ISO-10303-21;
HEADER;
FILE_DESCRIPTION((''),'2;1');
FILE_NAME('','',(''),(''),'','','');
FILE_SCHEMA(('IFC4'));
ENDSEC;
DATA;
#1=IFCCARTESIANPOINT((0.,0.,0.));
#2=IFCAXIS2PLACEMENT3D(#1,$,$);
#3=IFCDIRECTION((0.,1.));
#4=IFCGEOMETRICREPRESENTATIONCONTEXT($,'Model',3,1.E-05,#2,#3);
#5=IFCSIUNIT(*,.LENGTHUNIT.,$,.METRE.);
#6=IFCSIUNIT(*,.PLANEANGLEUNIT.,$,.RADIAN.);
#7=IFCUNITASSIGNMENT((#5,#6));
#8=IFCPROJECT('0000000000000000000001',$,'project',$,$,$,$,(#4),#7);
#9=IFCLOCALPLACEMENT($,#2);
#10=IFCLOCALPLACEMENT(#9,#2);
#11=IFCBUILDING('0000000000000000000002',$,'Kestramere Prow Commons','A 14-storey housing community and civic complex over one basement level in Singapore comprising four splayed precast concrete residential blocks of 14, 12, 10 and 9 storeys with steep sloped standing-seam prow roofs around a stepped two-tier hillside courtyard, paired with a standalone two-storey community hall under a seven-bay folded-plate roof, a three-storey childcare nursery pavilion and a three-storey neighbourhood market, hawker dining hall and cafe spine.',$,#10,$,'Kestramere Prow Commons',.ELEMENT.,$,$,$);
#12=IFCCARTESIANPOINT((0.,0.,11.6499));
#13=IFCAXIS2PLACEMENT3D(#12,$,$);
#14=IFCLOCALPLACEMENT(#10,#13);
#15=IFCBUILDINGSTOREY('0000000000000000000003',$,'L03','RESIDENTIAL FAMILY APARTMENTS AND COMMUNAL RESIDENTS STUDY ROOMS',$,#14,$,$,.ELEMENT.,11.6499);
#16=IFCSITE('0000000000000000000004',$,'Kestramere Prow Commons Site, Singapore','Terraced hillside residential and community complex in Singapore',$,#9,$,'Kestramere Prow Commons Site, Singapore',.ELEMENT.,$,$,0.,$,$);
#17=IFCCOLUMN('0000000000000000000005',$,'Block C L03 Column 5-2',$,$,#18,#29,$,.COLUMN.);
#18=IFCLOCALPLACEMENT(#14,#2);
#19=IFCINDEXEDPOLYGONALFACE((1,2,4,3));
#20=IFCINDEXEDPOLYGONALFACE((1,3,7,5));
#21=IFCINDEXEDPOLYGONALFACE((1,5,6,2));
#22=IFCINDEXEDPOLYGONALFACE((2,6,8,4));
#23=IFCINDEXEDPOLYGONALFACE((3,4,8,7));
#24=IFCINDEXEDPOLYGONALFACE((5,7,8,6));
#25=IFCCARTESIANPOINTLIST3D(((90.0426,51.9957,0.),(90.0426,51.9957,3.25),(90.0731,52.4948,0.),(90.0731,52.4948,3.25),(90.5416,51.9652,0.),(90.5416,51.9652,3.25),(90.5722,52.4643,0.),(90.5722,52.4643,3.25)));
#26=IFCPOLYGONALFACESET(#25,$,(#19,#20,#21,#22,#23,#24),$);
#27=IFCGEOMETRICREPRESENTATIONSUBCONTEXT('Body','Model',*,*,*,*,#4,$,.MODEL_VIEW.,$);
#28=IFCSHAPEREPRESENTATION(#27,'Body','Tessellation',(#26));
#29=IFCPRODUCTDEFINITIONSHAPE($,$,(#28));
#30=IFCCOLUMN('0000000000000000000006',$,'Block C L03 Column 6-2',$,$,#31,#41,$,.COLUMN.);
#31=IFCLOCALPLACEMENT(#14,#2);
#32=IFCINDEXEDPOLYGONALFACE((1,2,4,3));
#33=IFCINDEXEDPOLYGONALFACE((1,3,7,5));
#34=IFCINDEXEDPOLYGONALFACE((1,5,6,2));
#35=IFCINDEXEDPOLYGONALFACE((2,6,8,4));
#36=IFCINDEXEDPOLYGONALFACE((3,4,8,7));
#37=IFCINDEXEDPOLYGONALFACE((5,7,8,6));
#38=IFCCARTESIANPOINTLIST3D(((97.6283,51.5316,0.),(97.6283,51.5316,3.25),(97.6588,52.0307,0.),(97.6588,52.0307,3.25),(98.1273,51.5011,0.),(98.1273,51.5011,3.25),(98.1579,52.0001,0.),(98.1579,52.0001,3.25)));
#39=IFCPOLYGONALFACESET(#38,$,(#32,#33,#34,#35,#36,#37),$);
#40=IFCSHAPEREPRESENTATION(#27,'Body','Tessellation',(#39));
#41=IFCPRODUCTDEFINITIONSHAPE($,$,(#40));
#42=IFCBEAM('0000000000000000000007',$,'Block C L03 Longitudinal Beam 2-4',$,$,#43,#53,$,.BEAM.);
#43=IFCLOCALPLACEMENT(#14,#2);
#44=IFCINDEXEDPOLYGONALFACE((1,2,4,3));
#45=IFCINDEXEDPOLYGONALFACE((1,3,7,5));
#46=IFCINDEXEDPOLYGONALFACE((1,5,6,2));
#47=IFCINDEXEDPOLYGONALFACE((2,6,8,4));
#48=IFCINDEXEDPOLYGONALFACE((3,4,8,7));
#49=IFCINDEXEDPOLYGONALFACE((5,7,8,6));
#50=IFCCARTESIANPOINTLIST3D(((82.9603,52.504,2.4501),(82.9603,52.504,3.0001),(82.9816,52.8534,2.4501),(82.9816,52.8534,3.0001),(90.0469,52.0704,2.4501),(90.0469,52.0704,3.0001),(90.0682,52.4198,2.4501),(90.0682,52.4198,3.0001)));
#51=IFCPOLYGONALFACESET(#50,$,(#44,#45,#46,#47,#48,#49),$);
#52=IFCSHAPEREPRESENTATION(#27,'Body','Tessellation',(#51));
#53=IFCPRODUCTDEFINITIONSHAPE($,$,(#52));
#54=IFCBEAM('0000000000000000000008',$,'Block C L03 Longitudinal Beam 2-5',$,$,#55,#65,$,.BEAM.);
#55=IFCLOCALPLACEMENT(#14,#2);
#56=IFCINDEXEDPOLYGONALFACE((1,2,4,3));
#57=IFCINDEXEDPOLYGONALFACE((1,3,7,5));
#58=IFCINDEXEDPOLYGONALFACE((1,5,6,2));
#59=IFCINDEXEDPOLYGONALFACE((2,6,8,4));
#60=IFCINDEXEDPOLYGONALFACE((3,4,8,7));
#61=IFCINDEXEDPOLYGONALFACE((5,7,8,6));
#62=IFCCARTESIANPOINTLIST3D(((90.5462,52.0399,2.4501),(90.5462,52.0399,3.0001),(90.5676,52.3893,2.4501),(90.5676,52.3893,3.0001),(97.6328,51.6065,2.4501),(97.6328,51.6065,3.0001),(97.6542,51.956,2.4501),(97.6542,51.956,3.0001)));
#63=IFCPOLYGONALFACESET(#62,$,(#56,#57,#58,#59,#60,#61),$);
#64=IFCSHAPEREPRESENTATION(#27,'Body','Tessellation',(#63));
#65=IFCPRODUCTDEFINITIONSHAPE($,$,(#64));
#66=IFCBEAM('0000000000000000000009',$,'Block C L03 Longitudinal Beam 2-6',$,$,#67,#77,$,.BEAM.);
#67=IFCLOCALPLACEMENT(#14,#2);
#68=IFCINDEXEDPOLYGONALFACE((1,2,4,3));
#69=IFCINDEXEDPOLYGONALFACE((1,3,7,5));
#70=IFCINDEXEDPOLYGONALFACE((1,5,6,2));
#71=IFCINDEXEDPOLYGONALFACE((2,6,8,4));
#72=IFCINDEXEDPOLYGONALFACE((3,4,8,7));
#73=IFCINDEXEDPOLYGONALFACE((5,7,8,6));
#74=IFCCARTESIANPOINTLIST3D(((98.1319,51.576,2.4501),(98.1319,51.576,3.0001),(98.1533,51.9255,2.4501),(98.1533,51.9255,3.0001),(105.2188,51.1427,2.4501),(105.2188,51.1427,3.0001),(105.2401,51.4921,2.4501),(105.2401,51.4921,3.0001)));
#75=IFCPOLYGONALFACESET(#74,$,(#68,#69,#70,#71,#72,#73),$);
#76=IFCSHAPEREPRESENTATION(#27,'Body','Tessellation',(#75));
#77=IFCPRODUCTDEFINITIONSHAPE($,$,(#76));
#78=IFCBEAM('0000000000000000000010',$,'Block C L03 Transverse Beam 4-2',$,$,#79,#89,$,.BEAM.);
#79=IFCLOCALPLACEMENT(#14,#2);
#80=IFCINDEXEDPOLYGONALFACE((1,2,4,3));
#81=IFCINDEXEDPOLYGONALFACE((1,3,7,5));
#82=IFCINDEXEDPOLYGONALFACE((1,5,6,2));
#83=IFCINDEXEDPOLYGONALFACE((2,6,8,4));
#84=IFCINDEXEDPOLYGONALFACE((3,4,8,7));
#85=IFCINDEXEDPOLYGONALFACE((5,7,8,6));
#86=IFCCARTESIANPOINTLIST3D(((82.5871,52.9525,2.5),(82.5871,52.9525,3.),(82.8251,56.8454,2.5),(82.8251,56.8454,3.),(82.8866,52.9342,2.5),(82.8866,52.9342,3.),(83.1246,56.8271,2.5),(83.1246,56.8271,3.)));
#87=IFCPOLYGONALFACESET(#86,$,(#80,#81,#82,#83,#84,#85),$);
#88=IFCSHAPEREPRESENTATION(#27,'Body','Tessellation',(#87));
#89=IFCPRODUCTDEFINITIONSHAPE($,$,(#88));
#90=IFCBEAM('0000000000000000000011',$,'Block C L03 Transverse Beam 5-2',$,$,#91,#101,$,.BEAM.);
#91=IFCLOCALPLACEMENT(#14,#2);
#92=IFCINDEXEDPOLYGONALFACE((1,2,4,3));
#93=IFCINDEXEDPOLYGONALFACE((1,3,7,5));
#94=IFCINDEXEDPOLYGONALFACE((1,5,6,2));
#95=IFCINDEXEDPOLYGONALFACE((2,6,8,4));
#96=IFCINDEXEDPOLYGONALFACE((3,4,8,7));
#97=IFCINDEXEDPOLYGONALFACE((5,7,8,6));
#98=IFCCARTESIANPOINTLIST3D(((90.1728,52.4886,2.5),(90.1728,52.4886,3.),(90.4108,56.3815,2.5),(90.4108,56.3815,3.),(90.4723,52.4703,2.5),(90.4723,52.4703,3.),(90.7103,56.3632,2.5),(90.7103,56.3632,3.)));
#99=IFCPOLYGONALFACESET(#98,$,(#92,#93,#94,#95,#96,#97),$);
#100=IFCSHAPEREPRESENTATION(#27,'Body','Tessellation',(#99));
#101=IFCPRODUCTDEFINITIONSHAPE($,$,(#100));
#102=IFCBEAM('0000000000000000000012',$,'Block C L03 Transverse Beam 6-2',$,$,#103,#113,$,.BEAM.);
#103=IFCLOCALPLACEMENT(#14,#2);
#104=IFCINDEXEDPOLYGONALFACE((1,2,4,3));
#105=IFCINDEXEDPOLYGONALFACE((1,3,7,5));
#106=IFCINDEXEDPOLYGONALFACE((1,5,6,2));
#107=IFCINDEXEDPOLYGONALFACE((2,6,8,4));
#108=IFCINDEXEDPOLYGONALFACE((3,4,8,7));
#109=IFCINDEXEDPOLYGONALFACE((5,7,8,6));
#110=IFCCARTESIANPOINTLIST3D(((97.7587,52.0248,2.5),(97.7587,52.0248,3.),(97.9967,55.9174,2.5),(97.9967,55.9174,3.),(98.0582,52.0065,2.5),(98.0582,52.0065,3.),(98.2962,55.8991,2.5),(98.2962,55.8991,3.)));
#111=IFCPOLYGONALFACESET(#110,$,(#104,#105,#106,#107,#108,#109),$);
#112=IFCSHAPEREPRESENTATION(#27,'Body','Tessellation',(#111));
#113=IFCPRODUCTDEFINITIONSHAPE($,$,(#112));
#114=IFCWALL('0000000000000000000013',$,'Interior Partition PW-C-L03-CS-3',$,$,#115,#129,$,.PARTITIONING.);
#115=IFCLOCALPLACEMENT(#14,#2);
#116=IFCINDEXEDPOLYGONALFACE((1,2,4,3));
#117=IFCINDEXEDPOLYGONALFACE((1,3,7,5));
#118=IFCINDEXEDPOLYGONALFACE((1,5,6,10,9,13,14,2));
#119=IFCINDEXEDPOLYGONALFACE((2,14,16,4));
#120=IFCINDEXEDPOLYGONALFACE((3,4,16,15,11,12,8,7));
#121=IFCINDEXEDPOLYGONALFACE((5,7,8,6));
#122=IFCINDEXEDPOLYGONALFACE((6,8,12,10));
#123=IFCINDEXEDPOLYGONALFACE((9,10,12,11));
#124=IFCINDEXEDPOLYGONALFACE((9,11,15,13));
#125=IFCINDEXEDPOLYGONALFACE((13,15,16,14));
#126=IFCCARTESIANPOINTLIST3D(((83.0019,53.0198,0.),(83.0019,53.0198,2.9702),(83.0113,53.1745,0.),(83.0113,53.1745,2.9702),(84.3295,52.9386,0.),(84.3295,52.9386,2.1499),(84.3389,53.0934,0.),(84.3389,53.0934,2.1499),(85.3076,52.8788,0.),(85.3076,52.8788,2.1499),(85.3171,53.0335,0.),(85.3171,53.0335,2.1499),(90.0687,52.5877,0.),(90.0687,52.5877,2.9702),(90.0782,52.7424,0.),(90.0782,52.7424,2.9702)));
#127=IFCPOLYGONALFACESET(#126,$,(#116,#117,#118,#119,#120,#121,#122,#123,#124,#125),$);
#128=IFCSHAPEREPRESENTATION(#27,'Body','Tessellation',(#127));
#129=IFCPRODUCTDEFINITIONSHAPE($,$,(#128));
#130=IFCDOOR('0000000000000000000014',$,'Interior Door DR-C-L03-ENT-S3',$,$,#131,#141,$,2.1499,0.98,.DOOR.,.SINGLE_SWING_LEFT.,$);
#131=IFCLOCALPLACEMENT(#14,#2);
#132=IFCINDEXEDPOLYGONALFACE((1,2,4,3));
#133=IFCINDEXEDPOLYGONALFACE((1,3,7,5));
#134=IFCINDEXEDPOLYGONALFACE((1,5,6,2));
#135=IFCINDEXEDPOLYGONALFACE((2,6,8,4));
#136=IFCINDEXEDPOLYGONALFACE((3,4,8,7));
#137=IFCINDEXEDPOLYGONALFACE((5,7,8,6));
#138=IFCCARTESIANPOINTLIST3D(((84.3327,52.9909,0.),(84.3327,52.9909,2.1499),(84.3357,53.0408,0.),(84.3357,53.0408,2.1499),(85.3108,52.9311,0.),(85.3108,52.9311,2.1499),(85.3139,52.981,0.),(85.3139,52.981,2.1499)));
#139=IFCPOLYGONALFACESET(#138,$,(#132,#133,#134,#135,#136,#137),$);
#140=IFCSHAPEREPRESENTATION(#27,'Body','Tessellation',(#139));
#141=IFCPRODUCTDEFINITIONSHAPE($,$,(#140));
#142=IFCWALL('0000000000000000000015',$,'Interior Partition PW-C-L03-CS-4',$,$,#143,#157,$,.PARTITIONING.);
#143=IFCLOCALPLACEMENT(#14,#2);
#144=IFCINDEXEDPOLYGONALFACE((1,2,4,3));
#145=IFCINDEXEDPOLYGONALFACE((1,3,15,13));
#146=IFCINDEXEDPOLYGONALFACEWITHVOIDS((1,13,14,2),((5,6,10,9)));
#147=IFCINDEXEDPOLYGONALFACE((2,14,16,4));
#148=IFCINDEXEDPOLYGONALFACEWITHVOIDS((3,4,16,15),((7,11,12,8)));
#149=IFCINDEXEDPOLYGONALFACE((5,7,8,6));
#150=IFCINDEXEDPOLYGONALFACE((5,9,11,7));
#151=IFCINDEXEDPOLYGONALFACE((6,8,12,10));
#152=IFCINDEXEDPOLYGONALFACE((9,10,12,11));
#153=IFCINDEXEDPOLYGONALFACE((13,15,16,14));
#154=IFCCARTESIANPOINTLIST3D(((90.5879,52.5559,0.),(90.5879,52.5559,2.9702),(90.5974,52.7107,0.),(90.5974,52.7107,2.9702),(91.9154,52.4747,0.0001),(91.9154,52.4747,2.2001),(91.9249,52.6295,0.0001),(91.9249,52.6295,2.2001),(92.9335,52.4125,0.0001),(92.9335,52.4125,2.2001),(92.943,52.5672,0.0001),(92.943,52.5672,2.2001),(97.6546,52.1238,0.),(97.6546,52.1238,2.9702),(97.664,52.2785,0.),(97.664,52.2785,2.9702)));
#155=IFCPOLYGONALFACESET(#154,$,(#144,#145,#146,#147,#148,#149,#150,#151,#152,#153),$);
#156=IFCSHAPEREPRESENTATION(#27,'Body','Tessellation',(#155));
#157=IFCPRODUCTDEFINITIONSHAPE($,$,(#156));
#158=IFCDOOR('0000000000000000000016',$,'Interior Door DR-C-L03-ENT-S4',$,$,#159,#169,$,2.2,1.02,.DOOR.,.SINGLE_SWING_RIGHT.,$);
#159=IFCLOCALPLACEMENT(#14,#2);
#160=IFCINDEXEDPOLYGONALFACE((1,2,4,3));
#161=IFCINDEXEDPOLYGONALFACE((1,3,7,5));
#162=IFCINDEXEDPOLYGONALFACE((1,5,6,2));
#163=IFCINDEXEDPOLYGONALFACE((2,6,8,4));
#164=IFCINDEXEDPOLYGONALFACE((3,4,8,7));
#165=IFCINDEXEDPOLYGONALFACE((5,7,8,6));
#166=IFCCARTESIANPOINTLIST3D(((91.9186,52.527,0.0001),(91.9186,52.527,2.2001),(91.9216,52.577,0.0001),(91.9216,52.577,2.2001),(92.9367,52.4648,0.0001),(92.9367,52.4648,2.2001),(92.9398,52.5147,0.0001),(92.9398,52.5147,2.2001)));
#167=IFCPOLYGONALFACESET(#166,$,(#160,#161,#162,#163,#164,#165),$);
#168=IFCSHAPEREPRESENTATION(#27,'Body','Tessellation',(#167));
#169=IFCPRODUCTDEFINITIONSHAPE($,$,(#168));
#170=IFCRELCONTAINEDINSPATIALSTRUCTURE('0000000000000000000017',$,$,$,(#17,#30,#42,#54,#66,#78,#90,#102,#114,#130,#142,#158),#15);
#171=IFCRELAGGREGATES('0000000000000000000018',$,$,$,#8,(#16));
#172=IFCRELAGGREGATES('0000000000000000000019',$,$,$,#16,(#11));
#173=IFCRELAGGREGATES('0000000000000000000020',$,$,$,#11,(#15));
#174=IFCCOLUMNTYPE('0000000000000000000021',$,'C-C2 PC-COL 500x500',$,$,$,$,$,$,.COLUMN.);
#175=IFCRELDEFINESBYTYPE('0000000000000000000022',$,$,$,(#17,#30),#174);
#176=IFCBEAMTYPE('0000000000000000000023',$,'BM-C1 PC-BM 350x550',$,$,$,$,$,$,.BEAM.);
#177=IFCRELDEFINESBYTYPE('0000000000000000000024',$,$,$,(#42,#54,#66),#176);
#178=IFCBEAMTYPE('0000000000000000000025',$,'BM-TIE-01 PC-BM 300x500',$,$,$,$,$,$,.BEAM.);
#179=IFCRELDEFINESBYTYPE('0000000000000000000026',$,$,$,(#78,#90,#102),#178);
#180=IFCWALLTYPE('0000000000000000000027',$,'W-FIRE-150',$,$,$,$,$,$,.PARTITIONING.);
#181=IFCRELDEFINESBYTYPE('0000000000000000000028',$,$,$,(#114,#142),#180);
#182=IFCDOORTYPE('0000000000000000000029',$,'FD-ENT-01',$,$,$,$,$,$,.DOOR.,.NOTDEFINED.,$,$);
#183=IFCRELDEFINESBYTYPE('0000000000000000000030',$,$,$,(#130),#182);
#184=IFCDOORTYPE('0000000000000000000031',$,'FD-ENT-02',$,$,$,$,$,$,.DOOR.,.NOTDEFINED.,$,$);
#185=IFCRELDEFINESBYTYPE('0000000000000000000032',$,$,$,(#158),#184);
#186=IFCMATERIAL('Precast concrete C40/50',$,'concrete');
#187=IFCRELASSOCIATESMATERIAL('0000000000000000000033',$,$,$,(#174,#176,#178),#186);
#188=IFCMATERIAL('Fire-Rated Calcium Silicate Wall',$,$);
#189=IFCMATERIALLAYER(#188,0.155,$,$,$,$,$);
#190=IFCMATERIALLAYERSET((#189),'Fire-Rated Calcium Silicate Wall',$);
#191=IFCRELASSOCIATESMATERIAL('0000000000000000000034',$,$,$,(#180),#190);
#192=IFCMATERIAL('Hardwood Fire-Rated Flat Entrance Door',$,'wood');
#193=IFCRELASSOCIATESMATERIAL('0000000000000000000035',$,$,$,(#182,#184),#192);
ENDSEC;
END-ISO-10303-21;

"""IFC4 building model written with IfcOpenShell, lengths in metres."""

from ifc_helpers import new_model, si_unit, direction, frame, frame_2d, origin, origin_2d, place, context, subcontext, project, spatial, rectangle, extrude, material, layer, layer_set, material_profile, profile_set, type_object, element, fill, save


model = new_model("IFC4")

# Units and contexts
model_context = context("Model", 3, precision=1e-05, world=origin(), true_north=direction((0.0, 1.0)))
body_context = subcontext(model_context, "Body", "Model", "MODEL_VIEW")
ifc_project = project(units=[si_unit("LENGTHUNIT", "METRE"), si_unit("PLANEANGLEUNIT", "RADIAN")], contexts=[model_context])

# Site, building, storey
site_placement = place(None, origin())
site = spatial("IfcSite", under=ifc_project, at=site_placement, Name="Kestramere Prow Commons Site, Singapore", Description="Terraced hillside residential and community complex in Singapore", LongName="Kestramere Prow Commons Site, Singapore", CompositionType="ELEMENT", RefElevation=0.0)
building_placement = place(site_placement, origin())
building = spatial("IfcBuilding", under=site, at=building_placement, Name="Kestramere Prow Commons", Description="A 14-storey housing community and civic complex over one basement level in Singapore comprising four splayed precast concrete residential blocks of 14, 12, 10 and 9 storeys with steep sloped standing-seam prow roofs around a stepped two-tier hillside courtyard, paired with a standalone two-storey community hall under a seven-bay folded-plate roof, a three-storey childcare nursery pavilion and a three-storey neighbourhood market, hawker dining hall and cafe spine.", LongName="Kestramere Prow Commons", CompositionType="ELEMENT")
storey_placement = place(building_placement, frame((0.0, 0.0, 11.6499)))
storey = spatial("IfcBuildingStorey", under=building, at=storey_placement, Name="L03", Description="RESIDENTIAL FAMILY APARTMENTS AND COMMUNAL RESIDENTS STUDY ROOMS", CompositionType="ELEMENT", Elevation=11.6499)

# Columns
ifc_material_1 = material(Name="Precast concrete C40/50", Category="concrete")
ifc_material_profile_1 = material_profile(ifc_material_1, rectangle(XDim=0.5, YDim=0.5, at=origin_2d()), Name="PC-COL 500x500")
ifc_profile_set_1 = profile_set([ifc_material_profile_1], Name="Precast concrete C40/50")
column_type = type_object("IfcColumnType", Name="C-C2 PC-COL 500x500", PredefinedType="COLUMN", material=ifc_profile_set_1)
for number, where, z_axis, x_axis, name in (
    (1, (90.3074, 52.23, 0.0), (0.0, 0.0, 1.0), (0.998135, -0.061049, 0.0), "Block C L03 Column 5-2"),
    (2, (97.8931, 51.7659, 0.0), (0.0, 0.0, 1.0), (0.998135, -0.061049, 0.0), "Block C L03 Column 6-2"),
):
    element("IfcColumn", number, at=place(storey_placement, frame(where, z_axis=z_axis, x_axis=x_axis)), inside=storey, type_object=column_type, Name=name, PredefinedType="COLUMN", context=body_context, shape_type="SweptSolid", body=[
        extrude(rectangle(XDim=0.5, YDim=0.5, at=origin_2d()), origin(), (0.0, 0.0, 1.0), 3.25),
    ])

# Beams
ifc_material_profile_2 = material_profile(ifc_material_1, rectangle(XDim=0.3501, YDim=0.55, at=origin_2d()), Name="PC-BM 350x550")
ifc_profile_set_2 = profile_set([ifc_material_profile_2], Name="Precast concrete C40/50")
beam_type_1 = type_object("IfcBeamType", Name="BM-C1 PC-BM 350x550", PredefinedType="BEAM", material=ifc_profile_set_2)
for number, where, z_axis, x_axis, name in (
    (3, (82.9709, 52.6787, 2.7251), (0.998133, -0.06107, 0.0), (0.06107, 0.998133, 0.0), "Block C L03 Longitudinal Beam 2-4"),
    (4, (90.5569, 52.2146, 2.7251), (0.998136, -0.061036, 0.0), (0.061036, 0.998136, 0.0), "Block C L03 Longitudinal Beam 2-5"),
):
    element("IfcBeam", number, at=place(storey_placement, frame(where, z_axis=z_axis, x_axis=x_axis)), inside=storey, type_object=beam_type_1, Name=name, PredefinedType="BEAM", context=body_context, shape_type="SweptSolid", body=[
        extrude(rectangle(XDim=0.3501, YDim=0.55, at=origin_2d()), origin(), (0.0, 0.0, 1.0), 7.0999),
    ])
beam_1_placement = place(storey_placement, frame((98.1426, 51.7507, 2.7251), z_axis=(0.998136, -0.061034, 0.0), x_axis=(0.061034, 0.998136, 0.0)))
element("IfcBeam", 5, at=beam_1_placement, inside=storey, type_object=beam_type_1, Name="Block C L03 Longitudinal Beam 2-6", PredefinedType="BEAM", context=body_context, shape_type="SweptSolid", body=[
    extrude(rectangle(XDim=0.3501, YDim=0.55, at=origin_2d()), origin(), (0.0, 0.0, 1.0), 7.1001),
])
ifc_material_profile_3 = material_profile(ifc_material_1, rectangle(XDim=0.3, YDim=0.5, at=origin_2d()), Name="PC-BM 300x500")
ifc_profile_set_3 = profile_set([ifc_material_profile_3], Name="Precast concrete C40/50")
beam_type_2 = type_object("IfcBeamType", Name="BM-TIE-01 PC-BM 300x500", PredefinedType="BEAM", material=ifc_profile_set_3)
for number, where, z_axis, x_axis, name in (
    (6, (82.7368, 52.9434, 2.75), (0.061034, 0.998136, 0.0), (-0.998136, 0.061034, 0.0), "Block C L03 Transverse Beam 4-2"),
    (7, (90.3225, 52.4795, 2.75), (0.061034, 0.998136, 0.0), (-0.998136, 0.061034, 0.0), "Block C L03 Transverse Beam 5-2"),
):
    element("IfcBeam", number, at=place(storey_placement, frame(where, z_axis=z_axis, x_axis=x_axis)), inside=storey, type_object=beam_type_2, Name=name, PredefinedType="BEAM", context=body_context, shape_type="SweptSolid", body=[
        extrude(rectangle(XDim=0.3, YDim=0.5, at=origin_2d()), origin(), (0.0, 0.0, 1.0), 3.9001),
    ])
beam_2_placement = place(storey_placement, frame((97.9084, 52.0156, 2.75), z_axis=(0.061038, 0.998135, 0.0), x_axis=(-0.998135, 0.061038, 0.0)))
element("IfcBeam", 8, at=beam_2_placement, inside=storey, type_object=beam_type_2, Name="Block C L03 Transverse Beam 6-2", PredefinedType="BEAM", context=body_context, shape_type="SweptSolid", body=[
    extrude(rectangle(XDim=0.3, YDim=0.5, at=origin_2d()), origin(), (0.0, 0.0, 1.0), 3.8999),
])

# Walls, openings, doors
ifc_material_2 = material(Name="Fire-Rated Calcium Silicate Wall")
ifc_layer_1 = layer(ifc_material_2, 0.155)
ifc_layer_set_1 = layer_set([ifc_layer_1], Name="Fire-Rated Calcium Silicate Wall")
wall_type_1 = type_object("IfcWallType", Name="W-FIRE-150", PredefinedType="PARTITIONING", material=ifc_layer_set_1)
wall_1_placement = place(storey_placement, frame((83.0066, 53.0972, 0.0), z_axis=(0.0, 0.0, 1.0), x_axis=(0.998136, -0.061034, 0.0)))
wall_1 = element("IfcWall", 9, at=wall_1_placement, inside=storey, type_object=wall_type_1, Name="Interior Partition PW-C-L03-CS-3", PredefinedType="PARTITIONING", context=body_context, shape_type="SweptSolid", body=[
    extrude(rectangle(XDim=7.0801, YDim=0.155, at=frame_2d((3.54, 0.0))), origin(), (0.0, 0.0, 1.0), 2.9702),
])
opening_1_placement = place(wall_1_placement, frame((1.3301, 0.0, 0.0)))
opening_1 = element("IfcOpeningElement", 10, at=opening_1_placement, cuts=wall_1, PredefinedType="OPENING", context=body_context, shape_type="SweptSolid", body=[
    extrude(rectangle(XDim=0.98, YDim=2.1499, at=frame_2d((0.49, 1.075))), frame((0.0, 0.0925, 0.0), z_axis=(0.0, -1.0, 0.0), x_axis=(1.0, 0.0, 0.0)), (0.0, 0.0, 1.0), 0.1851),
])
ifc_material_3 = material(Name="Hardwood Fire-Rated Flat Entrance Door", Category="wood")
door_type_1 = type_object("IfcDoorType", Name="FD-ENT-01", OperationType="NOTDEFINED", PredefinedType="DOOR", material=ifc_material_3)
door_1_placement = place(opening_1_placement, origin())
door_1 = element("IfcDoor", 11, at=door_1_placement, inside=storey, type_object=door_type_1, Name="Interior Door DR-C-L03-ENT-S3", OperationType="SINGLE_SWING_LEFT", OverallHeight=2.1499, OverallWidth=0.98, PredefinedType="DOOR", context=body_context, shape_type="SweptSolid", body=[
    extrude(rectangle(XDim=0.98, YDim=2.1499, at=frame_2d((0.49, 1.075))), frame((0.0, 0.0249, 0.0), z_axis=(0.0, -1.0, 0.0), x_axis=(1.0, 0.0, 0.0)), (0.0, 0.0, 1.0), 0.05),
])
fill(opening_1, door_1)
wall_2_placement = place(storey_placement, frame((90.5925, 52.6333, 0.0), z_axis=(0.0, 0.0, 1.0), x_axis=(0.998136, -0.061036, 0.0)))
wall_2 = element("IfcWall", 12, at=wall_2_placement, inside=storey, type_object=wall_type_1, Name="Interior Partition PW-C-L03-CS-4", PredefinedType="PARTITIONING", context=body_context, shape_type="SweptSolid", body=[
    extrude(rectangle(XDim=7.0798, YDim=0.155, at=frame_2d((3.54, 0.0))), origin(), (0.0, 0.0, 1.0), 2.9702),
])
opening_2_placement = place(wall_2_placement, frame((1.3301, 0.0, 0.0)))
opening_2 = element("IfcOpeningElement", 13, at=opening_2_placement, cuts=wall_2, PredefinedType="OPENING", context=body_context, shape_type="SweptSolid", body=[
    extrude(rectangle(XDim=1.02, YDim=2.2, at=frame_2d((0.51, 1.1001))), frame((0.0, 0.0925, 0.0), z_axis=(0.0, -1.0, 0.0), x_axis=(1.0, 0.0, 0.0)), (0.0, 0.0, 1.0), 0.1851),
])
door_type_2 = type_object("IfcDoorType", Name="FD-ENT-02", OperationType="NOTDEFINED", PredefinedType="DOOR", material=ifc_material_3)
door_2_placement = place(opening_2_placement, origin())
door_2 = element("IfcDoor", 14, at=door_2_placement, inside=storey, type_object=door_type_2, Name="Interior Door DR-C-L03-ENT-S4", OperationType="SINGLE_SWING_RIGHT", OverallHeight=2.2, OverallWidth=1.02, PredefinedType="DOOR", context=body_context, shape_type="SweptSolid", body=[
    extrude(rectangle(XDim=1.02, YDim=2.2, at=frame_2d((0.51, 1.1001))), frame((0.0, 0.0249, 0.0), z_axis=(0.0, -1.0, 0.0), x_axis=(1.0, 0.0, 0.0)), (0.0, 0.0, 1.0), 0.05),
])
fill(opening_2, door_2)

save(model, "model.ifc")
